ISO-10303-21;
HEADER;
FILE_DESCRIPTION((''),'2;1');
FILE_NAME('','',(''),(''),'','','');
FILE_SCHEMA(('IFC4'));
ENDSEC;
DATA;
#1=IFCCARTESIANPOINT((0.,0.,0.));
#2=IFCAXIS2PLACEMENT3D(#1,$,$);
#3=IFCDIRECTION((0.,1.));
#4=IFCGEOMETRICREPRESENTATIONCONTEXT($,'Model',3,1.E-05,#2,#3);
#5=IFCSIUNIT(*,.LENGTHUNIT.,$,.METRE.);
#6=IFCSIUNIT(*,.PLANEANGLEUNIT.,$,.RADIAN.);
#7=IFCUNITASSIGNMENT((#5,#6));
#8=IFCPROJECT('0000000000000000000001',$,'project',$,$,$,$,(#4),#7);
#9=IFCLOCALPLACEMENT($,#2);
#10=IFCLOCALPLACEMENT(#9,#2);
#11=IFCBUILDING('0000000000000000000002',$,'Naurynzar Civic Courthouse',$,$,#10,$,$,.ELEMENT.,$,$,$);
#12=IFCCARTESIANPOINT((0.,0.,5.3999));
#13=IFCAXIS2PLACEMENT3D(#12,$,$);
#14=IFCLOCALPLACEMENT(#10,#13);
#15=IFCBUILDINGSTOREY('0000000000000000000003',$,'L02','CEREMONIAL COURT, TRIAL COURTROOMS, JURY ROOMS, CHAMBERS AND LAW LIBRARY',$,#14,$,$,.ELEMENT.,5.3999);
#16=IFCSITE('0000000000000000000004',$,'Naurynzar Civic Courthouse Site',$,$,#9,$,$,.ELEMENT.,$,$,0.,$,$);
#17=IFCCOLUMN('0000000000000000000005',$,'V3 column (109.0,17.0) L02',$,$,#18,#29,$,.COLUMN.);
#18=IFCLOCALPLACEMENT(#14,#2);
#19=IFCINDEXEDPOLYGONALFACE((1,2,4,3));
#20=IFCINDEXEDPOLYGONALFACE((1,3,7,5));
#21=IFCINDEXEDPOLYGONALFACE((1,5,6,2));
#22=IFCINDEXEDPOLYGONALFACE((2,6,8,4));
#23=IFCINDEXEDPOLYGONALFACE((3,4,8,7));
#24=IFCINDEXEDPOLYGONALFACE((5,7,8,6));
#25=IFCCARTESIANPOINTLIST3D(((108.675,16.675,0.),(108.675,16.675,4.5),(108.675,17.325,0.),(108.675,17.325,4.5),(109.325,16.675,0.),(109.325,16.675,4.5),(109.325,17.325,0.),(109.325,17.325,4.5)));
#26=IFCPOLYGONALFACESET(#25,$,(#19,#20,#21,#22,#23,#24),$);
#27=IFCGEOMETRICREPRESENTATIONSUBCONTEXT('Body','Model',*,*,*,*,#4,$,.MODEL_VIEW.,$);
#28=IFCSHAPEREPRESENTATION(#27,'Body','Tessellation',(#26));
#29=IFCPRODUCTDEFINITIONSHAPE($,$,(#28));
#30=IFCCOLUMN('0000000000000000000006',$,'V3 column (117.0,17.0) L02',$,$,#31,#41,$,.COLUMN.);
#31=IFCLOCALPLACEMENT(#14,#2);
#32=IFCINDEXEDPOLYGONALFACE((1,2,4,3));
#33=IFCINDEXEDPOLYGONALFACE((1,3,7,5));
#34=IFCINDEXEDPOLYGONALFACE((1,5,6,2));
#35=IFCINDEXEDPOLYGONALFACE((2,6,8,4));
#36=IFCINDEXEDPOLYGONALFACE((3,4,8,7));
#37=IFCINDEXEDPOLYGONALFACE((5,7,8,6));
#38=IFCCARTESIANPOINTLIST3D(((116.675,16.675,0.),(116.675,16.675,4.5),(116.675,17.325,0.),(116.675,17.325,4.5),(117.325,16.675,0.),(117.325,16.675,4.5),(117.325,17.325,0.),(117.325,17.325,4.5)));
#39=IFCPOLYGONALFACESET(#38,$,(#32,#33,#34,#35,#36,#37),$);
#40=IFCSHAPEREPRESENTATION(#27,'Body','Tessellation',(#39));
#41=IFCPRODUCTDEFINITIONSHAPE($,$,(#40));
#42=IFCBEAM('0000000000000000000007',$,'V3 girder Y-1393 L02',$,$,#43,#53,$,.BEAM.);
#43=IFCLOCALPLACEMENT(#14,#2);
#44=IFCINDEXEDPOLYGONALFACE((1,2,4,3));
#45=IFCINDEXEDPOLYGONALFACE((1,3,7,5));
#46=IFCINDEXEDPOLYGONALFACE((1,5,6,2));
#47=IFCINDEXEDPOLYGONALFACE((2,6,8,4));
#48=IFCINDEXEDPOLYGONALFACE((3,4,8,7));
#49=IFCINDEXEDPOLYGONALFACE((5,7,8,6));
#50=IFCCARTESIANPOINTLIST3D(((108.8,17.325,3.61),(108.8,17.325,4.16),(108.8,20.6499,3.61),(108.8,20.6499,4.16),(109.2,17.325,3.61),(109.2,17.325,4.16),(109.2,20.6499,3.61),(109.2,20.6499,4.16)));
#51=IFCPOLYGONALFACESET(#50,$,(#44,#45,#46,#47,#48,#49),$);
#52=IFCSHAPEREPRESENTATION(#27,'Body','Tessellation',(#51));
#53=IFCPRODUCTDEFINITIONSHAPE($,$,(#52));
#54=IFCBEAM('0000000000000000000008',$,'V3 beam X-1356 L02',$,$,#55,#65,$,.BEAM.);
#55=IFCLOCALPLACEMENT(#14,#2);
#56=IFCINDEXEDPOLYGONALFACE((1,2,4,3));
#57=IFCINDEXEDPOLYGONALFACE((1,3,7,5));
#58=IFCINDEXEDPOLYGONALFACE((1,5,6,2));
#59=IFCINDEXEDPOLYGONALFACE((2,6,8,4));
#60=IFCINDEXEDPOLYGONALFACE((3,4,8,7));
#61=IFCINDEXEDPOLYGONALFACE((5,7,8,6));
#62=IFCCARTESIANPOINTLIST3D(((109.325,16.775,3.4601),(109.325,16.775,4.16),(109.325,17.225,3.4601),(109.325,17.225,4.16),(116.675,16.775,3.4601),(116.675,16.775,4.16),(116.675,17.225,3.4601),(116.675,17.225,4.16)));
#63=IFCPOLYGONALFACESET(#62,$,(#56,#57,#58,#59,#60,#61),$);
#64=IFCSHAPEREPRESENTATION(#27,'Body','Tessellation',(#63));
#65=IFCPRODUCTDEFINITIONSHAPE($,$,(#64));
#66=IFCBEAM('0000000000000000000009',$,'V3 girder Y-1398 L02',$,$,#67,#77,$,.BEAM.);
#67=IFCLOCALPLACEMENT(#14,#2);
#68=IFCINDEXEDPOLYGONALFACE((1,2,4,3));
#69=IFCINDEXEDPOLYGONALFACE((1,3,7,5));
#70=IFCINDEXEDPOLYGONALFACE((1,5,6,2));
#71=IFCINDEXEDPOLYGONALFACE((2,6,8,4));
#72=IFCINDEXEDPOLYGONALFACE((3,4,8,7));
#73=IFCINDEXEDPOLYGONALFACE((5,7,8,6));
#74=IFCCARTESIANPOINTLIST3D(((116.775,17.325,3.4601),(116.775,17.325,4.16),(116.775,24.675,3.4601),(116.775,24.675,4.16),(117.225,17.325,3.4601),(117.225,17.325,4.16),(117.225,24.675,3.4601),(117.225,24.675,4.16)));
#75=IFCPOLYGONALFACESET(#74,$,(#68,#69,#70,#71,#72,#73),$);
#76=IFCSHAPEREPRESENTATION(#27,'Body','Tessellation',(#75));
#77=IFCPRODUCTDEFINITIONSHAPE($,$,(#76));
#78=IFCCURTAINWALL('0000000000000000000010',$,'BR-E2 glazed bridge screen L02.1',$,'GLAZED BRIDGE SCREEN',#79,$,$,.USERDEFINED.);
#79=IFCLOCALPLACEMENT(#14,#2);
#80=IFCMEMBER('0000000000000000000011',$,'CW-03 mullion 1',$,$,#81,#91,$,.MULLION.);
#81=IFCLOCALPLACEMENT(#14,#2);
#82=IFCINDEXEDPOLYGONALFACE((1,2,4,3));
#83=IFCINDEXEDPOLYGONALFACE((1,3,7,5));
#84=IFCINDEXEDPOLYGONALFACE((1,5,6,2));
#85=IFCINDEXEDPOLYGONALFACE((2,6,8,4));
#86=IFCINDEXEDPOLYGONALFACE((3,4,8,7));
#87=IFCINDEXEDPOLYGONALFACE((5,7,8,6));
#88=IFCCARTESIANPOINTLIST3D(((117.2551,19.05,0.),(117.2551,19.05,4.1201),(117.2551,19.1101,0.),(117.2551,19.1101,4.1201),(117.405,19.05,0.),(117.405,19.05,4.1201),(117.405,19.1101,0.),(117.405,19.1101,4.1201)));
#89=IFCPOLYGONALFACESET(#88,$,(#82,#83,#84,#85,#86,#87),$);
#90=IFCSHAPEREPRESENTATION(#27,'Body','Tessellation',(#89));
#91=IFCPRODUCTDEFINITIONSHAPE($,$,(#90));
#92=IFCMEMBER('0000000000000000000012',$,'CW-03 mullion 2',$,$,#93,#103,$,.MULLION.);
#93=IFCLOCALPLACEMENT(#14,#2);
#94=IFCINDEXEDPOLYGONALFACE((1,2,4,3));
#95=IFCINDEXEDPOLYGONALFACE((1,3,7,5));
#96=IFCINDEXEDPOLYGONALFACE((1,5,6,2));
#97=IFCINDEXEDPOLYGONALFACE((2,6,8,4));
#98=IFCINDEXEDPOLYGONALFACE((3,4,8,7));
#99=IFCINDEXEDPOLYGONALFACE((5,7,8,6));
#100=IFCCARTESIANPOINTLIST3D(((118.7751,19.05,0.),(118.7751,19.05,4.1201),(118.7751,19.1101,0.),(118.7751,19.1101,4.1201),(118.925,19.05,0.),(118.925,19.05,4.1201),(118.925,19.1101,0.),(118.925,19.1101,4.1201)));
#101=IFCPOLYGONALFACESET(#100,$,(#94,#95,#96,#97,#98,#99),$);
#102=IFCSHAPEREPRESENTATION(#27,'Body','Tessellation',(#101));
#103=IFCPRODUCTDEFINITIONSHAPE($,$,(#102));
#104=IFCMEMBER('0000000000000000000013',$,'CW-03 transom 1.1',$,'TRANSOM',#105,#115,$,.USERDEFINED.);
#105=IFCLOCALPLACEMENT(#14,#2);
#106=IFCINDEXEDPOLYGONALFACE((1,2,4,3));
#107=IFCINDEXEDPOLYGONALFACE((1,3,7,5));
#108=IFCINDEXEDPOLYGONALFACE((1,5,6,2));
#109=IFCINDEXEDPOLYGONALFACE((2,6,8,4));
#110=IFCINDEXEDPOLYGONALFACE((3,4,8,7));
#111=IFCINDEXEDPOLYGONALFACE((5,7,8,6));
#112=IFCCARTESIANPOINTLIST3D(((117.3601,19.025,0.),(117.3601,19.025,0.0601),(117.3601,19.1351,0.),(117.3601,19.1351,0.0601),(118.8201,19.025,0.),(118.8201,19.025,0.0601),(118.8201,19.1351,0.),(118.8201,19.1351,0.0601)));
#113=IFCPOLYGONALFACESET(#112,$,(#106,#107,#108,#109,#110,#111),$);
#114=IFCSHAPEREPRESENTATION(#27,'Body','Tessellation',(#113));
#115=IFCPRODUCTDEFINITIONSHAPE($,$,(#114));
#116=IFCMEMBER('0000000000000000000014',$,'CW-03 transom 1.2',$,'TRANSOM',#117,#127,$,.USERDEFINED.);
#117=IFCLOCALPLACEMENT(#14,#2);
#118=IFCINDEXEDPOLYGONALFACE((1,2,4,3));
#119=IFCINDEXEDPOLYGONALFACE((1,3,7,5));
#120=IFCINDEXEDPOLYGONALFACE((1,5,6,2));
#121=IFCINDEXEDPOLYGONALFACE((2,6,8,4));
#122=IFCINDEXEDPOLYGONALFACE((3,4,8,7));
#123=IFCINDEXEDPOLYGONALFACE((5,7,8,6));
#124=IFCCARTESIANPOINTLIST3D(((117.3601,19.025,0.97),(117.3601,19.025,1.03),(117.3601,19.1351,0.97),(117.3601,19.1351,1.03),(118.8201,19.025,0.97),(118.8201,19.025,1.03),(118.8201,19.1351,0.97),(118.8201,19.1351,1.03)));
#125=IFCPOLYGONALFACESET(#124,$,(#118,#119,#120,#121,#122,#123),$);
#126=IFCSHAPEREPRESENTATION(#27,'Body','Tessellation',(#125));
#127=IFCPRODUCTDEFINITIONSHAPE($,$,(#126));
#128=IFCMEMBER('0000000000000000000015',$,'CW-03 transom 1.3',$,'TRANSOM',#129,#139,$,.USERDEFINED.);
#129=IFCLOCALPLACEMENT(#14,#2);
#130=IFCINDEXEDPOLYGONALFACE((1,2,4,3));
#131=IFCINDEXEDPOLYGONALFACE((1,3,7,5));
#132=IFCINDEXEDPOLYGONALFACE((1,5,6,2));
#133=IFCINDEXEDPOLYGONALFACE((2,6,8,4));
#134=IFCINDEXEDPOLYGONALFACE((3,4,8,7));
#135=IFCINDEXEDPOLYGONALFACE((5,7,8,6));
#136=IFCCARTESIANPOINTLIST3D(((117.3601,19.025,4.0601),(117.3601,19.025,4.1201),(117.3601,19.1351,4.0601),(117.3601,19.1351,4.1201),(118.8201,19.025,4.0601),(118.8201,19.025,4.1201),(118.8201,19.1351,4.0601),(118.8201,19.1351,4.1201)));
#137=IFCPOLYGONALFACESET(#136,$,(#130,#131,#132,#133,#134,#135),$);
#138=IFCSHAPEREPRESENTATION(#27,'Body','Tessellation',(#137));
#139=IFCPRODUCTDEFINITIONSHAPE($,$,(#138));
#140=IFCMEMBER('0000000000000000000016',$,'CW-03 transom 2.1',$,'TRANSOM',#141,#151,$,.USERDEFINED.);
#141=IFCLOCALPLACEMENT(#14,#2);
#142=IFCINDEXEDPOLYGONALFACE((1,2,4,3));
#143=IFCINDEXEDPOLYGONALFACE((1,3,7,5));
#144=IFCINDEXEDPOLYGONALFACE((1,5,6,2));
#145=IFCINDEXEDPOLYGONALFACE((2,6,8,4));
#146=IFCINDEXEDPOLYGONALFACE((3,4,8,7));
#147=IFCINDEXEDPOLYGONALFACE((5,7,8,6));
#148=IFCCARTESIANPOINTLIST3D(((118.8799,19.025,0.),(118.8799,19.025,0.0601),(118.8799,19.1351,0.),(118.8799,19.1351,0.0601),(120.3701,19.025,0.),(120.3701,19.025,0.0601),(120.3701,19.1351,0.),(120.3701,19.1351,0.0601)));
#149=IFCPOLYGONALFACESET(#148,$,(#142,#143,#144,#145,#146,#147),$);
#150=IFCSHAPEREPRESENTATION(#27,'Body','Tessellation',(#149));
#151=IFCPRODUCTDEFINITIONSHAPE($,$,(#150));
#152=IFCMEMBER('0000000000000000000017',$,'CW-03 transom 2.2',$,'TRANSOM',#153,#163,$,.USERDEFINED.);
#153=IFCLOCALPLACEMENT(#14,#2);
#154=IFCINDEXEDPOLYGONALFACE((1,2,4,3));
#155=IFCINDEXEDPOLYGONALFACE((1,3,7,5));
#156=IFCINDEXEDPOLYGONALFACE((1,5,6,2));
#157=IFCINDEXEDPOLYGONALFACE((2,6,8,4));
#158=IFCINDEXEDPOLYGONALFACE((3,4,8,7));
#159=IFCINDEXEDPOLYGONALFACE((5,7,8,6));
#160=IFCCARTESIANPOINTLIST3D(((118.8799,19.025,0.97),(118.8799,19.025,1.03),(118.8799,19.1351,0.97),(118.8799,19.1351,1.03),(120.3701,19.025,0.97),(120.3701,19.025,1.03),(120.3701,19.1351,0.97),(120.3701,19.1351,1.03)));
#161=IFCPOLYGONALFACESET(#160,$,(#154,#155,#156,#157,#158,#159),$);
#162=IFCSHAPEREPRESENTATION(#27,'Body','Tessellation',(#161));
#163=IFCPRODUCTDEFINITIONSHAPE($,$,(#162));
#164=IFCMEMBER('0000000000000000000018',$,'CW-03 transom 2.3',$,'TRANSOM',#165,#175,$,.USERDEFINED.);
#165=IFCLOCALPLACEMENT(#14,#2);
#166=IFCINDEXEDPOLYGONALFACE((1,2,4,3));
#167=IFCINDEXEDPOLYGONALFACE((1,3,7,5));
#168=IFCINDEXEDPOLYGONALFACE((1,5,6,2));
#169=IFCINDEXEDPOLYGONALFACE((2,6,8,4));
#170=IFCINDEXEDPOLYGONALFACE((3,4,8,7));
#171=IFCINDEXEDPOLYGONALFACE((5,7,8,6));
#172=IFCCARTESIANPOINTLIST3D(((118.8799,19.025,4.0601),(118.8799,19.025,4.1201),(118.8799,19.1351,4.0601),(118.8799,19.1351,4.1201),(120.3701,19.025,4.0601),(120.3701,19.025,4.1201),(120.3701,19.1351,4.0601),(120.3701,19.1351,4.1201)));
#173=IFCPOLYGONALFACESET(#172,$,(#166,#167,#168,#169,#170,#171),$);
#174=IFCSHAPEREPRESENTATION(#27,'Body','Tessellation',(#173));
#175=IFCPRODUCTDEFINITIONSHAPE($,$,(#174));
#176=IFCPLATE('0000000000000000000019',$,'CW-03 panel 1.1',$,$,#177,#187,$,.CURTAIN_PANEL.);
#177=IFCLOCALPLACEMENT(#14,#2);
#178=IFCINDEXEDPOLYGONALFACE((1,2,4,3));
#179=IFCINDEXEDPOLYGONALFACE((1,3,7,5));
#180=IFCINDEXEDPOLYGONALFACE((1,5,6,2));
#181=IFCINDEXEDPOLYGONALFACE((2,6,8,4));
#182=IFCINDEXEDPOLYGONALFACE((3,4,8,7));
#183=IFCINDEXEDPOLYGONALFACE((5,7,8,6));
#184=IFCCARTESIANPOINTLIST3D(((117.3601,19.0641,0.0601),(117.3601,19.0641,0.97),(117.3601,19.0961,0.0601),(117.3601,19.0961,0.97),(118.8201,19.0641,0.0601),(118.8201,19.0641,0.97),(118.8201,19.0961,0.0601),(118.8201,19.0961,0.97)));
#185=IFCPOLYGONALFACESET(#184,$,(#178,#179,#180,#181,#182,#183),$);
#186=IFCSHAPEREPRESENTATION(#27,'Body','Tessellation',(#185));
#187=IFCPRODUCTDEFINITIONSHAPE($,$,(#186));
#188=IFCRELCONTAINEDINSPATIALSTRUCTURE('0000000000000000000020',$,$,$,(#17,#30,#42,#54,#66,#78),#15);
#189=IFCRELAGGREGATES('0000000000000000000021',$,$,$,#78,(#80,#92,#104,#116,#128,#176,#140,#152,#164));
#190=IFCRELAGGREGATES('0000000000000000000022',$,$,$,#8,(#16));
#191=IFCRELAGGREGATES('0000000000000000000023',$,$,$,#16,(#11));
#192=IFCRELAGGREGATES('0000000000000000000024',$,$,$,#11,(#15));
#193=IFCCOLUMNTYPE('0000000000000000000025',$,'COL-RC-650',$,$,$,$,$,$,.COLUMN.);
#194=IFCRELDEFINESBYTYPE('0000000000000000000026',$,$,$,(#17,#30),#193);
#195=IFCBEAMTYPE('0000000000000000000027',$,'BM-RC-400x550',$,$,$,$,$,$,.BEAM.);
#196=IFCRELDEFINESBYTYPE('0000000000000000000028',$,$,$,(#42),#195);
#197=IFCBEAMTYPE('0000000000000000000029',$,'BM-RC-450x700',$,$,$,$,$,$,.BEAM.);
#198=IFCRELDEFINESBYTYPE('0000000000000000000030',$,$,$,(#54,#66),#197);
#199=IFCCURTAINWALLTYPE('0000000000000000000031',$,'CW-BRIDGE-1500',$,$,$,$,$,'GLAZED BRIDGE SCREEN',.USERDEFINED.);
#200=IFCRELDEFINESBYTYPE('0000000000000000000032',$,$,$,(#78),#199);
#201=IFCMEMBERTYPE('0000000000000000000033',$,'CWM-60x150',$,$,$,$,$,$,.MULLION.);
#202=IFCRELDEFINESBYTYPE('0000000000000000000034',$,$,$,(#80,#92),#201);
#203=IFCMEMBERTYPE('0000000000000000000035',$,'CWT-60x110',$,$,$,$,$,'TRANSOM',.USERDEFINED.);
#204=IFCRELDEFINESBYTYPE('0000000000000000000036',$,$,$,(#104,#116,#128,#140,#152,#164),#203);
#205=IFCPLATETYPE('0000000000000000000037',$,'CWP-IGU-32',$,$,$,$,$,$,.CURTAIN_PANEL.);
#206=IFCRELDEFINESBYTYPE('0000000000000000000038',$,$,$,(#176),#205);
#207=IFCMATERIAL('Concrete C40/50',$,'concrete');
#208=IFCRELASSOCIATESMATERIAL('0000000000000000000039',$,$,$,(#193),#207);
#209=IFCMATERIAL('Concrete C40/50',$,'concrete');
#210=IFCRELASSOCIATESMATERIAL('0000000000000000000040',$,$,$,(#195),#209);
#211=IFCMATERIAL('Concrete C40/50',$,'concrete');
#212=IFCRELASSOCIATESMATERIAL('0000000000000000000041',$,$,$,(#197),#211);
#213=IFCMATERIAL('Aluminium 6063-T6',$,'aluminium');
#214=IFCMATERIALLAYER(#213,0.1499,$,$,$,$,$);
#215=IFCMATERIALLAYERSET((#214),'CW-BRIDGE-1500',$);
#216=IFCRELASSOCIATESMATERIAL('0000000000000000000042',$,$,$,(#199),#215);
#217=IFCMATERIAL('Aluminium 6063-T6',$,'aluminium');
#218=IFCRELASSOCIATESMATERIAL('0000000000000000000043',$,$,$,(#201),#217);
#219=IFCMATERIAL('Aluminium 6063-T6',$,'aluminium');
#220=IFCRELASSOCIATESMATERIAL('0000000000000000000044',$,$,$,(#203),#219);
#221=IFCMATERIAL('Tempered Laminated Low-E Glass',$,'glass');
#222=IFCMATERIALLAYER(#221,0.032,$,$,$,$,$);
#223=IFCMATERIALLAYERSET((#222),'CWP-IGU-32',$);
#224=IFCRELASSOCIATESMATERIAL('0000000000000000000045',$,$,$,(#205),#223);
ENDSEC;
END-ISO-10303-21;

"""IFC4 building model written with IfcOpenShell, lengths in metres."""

from ifc_helpers import new_model, si_unit, direction, frame, origin, origin_2d, place, context, subcontext, project, spatial, rectangle, extrude, material, layer, layer_set, material_profile, profile_set, type_object, element, aggregate, save


model = new_model("IFC4")

# Units and contexts
model_context = context("Model", 3, precision=1e-05, world=origin(), true_north=direction((0.0, 1.0)))
body_context = subcontext(model_context, "Body", "Model", "MODEL_VIEW")
ifc_project = project(units=[si_unit("LENGTHUNIT", "METRE"), si_unit("PLANEANGLEUNIT", "RADIAN")], contexts=[model_context])

# Site, building, storey
site_placement = place(None, origin())
site = spatial("IfcSite", under=ifc_project, at=site_placement, Name="Naurynzar Civic Courthouse Site", CompositionType="ELEMENT", RefElevation=0.0)
building_placement = place(site_placement, origin())
building = spatial("IfcBuilding", under=site, at=building_placement, Name="Naurynzar Civic Courthouse", CompositionType="ELEMENT")
storey_placement = place(building_placement, frame((0.0, 0.0, 5.3999)))
storey = spatial("IfcBuildingStorey", under=building, at=storey_placement, Name="L02", Description="CEREMONIAL COURT, TRIAL COURTROOMS, JURY ROOMS, CHAMBERS AND LAW LIBRARY", CompositionType="ELEMENT", Elevation=5.3999)

# Columns
ifc_material_1 = material(Name="Concrete C40/50", Category="concrete")
ifc_material_profile_1 = material_profile(ifc_material_1, rectangle(XDim=0.6499, YDim=0.6499, at=origin_2d()), Name="RC 650x650")
ifc_profile_set_1 = profile_set([ifc_material_profile_1], Name="Concrete C40/50")
column_type = type_object("IfcColumnType", Name="COL-RC-650", PredefinedType="COLUMN", material=ifc_profile_set_1)
for number, where, z_axis, x_axis, name in (
    (1, (109.0, 17.0, 0.0), (0.0, 0.0, 1.0), (1.0, 0.0, 0.0), "V3 column (109.0,17.0) L02"),
    (2, (117.0, 17.0, 0.0), (0.0, 0.0, 1.0), (1.0, 0.0, 0.0), "V3 column (117.0,17.0) L02"),
):
    element("IfcColumn", number, at=place(storey_placement, frame(where, z_axis=z_axis, x_axis=x_axis)), inside=storey, type_object=column_type, Name=name, PredefinedType="COLUMN", context=body_context, shape_type="SweptSolid", body=[
        extrude(rectangle(XDim=0.6499, YDim=0.6499, at=origin_2d()), origin(), (0.0, 0.0, 1.0), 4.5),
    ])

# Beams
ifc_material_2 = material(Name="Concrete C40/50", Category="concrete")
ifc_material_profile_2 = material_profile(ifc_material_2, rectangle(XDim=0.3999, YDim=0.55, at=origin_2d()), Name="RCB 400x550")
ifc_profile_set_2 = profile_set([ifc_material_profile_2], Name="Concrete C40/50")
beam_type_1 = type_object("IfcBeamType", Name="BM-RC-400x550", PredefinedType="BEAM", material=ifc_profile_set_2)
beam_placement = place(storey_placement, frame((109.0, 17.325, 3.885), z_axis=(0.0, 1.0, 0.0), x_axis=(-1.0, 0.0, 0.0)))
element("IfcBeam", 3, at=beam_placement, inside=storey, type_object=beam_type_1, Name="V3 girder Y-1393 L02", PredefinedType="BEAM", context=body_context, shape_type="SweptSolid", body=[
    extrude(rectangle(XDim=0.3999, YDim=0.55, at=origin_2d()), origin(), (0.0, 0.0, 1.0), 3.325),
])
ifc_material_3 = material(Name="Concrete C40/50", Category="concrete")
ifc_material_profile_3 = material_profile(ifc_material_3, rectangle(XDim=0.45, YDim=0.7, at=origin_2d()), Name="RCB 450x700")
ifc_profile_set_3 = profile_set([ifc_material_profile_3], Name="Concrete C40/50")
beam_type_2 = type_object("IfcBeamType", Name="BM-RC-450x700", PredefinedType="BEAM", material=ifc_profile_set_3)
for number, where, z_axis, x_axis, name in (
    (4, (109.325, 17.0, 3.8101), (1.0, 0.0, 0.0), (0.0, 1.0, 0.0), "V3 beam X-1356 L02"),
    (5, (117.0, 17.325, 3.8101), (0.0, 1.0, 0.0), (-1.0, 0.0, 0.0), "V3 girder Y-1398 L02"),
):
    element("IfcBeam", number, at=place(storey_placement, frame(where, z_axis=z_axis, x_axis=x_axis)), inside=storey, type_object=beam_type_2, Name=name, PredefinedType="BEAM", context=body_context, shape_type="SweptSolid", body=[
        extrude(rectangle(XDim=0.45, YDim=0.7, at=origin_2d()), origin(), (0.0, 0.0, 1.0), 7.3501),
    ])

# Curtain wall, members, plate
ifc_material_4 = material(Name="Aluminium 6063-T6", Category="aluminium")
ifc_layer_1 = layer(ifc_material_4, 0.1499)
ifc_layer_set_1 = layer_set([ifc_layer_1], Name="CW-BRIDGE-1500")
curtain_wall_type = type_object("IfcCurtainWallType", Name="CW-BRIDGE-1500", ElementType="GLAZED BRIDGE SCREEN", PredefinedType="USERDEFINED", material=ifc_layer_set_1)
curtain_wall_placement = place(storey_placement, origin())
curtain_wall = element("IfcCurtainWall", 6, at=curtain_wall_placement, inside=storey, type_object=curtain_wall_type, Name="BR-E2 glazed bridge screen L02.1", ObjectType="GLAZED BRIDGE SCREEN", PredefinedType="USERDEFINED")
ifc_material_5 = material(Name="Aluminium 6063-T6", Category="aluminium")
ifc_material_profile_4 = material_profile(ifc_material_5, rectangle(XDim=0.0601, YDim=0.1499, at=origin_2d()), Name="ALU MULLION 60x150")
ifc_profile_set_4 = profile_set([ifc_material_profile_4], Name="Aluminium 6063-T6")
member_type_1 = type_object("IfcMemberType", Name="CWM-60x150", PredefinedType="MULLION", material=ifc_profile_set_4)
member_1_placement = place(storey_placement, frame((117.3301, 19.0801, 0.0), z_axis=(0.0, 0.0, 1.0), x_axis=(0.0, 1.0, 0.0)))
member_1 = element("IfcMember", 7, at=member_1_placement, type_object=member_type_1, Name="CW-03 mullion 1", PredefinedType="MULLION", context=body_context, shape_type="SweptSolid", body=[
    extrude(rectangle(XDim=0.0601, YDim=0.1499, at=origin_2d()), origin(), (0.0, 0.0, 1.0), 4.1201),
])
member_2_placement = place(storey_placement, frame((118.8501, 19.0801, 0.0), z_axis=(0.0, 0.0, 1.0), x_axis=(0.0, 1.0, 0.0)))
member_2 = element("IfcMember", 8, at=member_2_placement, type_object=member_type_1, Name="CW-03 mullion 2", PredefinedType="MULLION", context=body_context, shape_type="SweptSolid", body=[
    extrude(rectangle(XDim=0.0601, YDim=0.1499, at=origin_2d()), origin(), (0.0, 0.0, 1.0), 4.1201),
])
ifc_material_6 = material(Name="Aluminium 6063-T6", Category="aluminium")
ifc_material_profile_5 = material_profile(ifc_material_6, rectangle(XDim=0.1101, YDim=0.0601, at=origin_2d()), Name="ALU TRANSOM 60x110")
ifc_profile_set_5 = profile_set([ifc_material_profile_5], Name="Aluminium 6063-T6")
member_type_2 = type_object("IfcMemberType", Name="CWT-60x110", ElementType="TRANSOM", PredefinedType="USERDEFINED", material=ifc_profile_set_5)
member_3_placement = place(storey_placement, frame((117.3601, 19.0801, 0.03), z_axis=(1.0, 0.0, 0.0), x_axis=(0.0, 1.0, 0.0)))
member_3 = element("IfcMember", 9, at=member_3_placement, type_object=member_type_2, Name="CW-03 transom 1.1", ObjectType="TRANSOM", PredefinedType="USERDEFINED", context=body_context, shape_type="SweptSolid", body=[
    extrude(rectangle(XDim=0.1101, YDim=0.0601, at=origin_2d()), origin(), (0.0, 0.0, 1.0), 1.46),
])
member_4_placement = place(storey_placement, frame((117.3601, 19.0801, 1.0), z_axis=(1.0, 0.0, 0.0), x_axis=(0.0, 1.0, 0.0)))
member_4 = element("IfcMember", 10, at=member_4_placement, type_object=member_type_2, Name="CW-03 transom 1.2", ObjectType="TRANSOM", PredefinedType="USERDEFINED", context=body_context, shape_type="SweptSolid", body=[
    extrude(rectangle(XDim=0.1101, YDim=0.0601, at=origin_2d()), origin(), (0.0, 0.0, 1.0), 1.46),
])
member_5_placement = place(storey_placement, frame((117.3601, 19.0801, 4.0901), z_axis=(1.0, 0.0, 0.0), x_axis=(0.0, 1.0, 0.0)))
member_5 = element("IfcMember", 11, at=member_5_placement, type_object=member_type_2, Name="CW-03 transom 1.3", ObjectType="TRANSOM", PredefinedType="USERDEFINED", context=body_context, shape_type="SweptSolid", body=[
    extrude(rectangle(XDim=0.1101, YDim=0.0601, at=origin_2d()), origin(), (0.0, 0.0, 1.0), 1.46),
])
member_6_placement = place(storey_placement, frame((118.8799, 19.0801, 0.03), z_axis=(1.0, 0.0, 0.0), x_axis=(0.0, 1.0, 0.0)))
member_6 = element("IfcMember", 12, at=member_6_placement, type_object=member_type_2, Name="CW-03 transom 2.1", ObjectType="TRANSOM", PredefinedType="USERDEFINED", context=body_context, shape_type="SweptSolid", body=[
    extrude(rectangle(XDim=0.1101, YDim=0.0601, at=origin_2d()), origin(), (0.0, 0.0, 1.0), 1.4902),
])
member_7_placement = place(storey_placement, frame((118.8799, 19.0801, 1.0), z_axis=(1.0, 0.0, 0.0), x_axis=(0.0, 1.0, 0.0)))
member_7 = element("IfcMember", 13, at=member_7_placement, type_object=member_type_2, Name="CW-03 transom 2.2", ObjectType="TRANSOM", PredefinedType="USERDEFINED", context=body_context, shape_type="SweptSolid", body=[
    extrude(rectangle(XDim=0.1101, YDim=0.0601, at=origin_2d()), origin(), (0.0, 0.0, 1.0), 1.4902),
])
member_8_placement = place(storey_placement, frame((118.8799, 19.0801, 4.0901), z_axis=(1.0, 0.0, 0.0), x_axis=(0.0, 1.0, 0.0)))
member_8 = element("IfcMember", 14, at=member_8_placement, type_object=member_type_2, Name="CW-03 transom 2.3", ObjectType="TRANSOM", PredefinedType="USERDEFINED", context=body_context, shape_type="SweptSolid", body=[
    extrude(rectangle(XDim=0.1101, YDim=0.0601, at=origin_2d()), origin(), (0.0, 0.0, 1.0), 1.4902),
])
ifc_material_7 = material(Name="Tempered Laminated Low-E Glass", Category="glass")
ifc_layer_2 = layer(ifc_material_7, 0.032)
ifc_layer_set_2 = layer_set([ifc_layer_2], Name="CWP-IGU-32")
plate_type = type_object("IfcPlateType", Name="CWP-IGU-32", PredefinedType="CURTAIN_PANEL", material=ifc_layer_set_2)
plate_1_placement = place(storey_placement, frame((118.0901, 19.0801, 0.0601), z_axis=(0.0, 0.0, 1.0), x_axis=(1.0, 0.0, 0.0)))
plate_1 = element("IfcPlate", 15, at=plate_1_placement, type_object=plate_type, Name="CW-03 panel 1.1", PredefinedType="CURTAIN_PANEL", context=body_context, shape_type="SweptSolid", body=[
    extrude(rectangle(XDim=1.46, YDim=0.032, at=origin_2d()), origin(), (0.0, 0.0, 1.0), 0.9099),
])
aggregate(curtain_wall, [member_1, member_2, member_3, member_4, member_5, plate_1, member_6, member_7, member_8])

save(model, "model.ifc")
